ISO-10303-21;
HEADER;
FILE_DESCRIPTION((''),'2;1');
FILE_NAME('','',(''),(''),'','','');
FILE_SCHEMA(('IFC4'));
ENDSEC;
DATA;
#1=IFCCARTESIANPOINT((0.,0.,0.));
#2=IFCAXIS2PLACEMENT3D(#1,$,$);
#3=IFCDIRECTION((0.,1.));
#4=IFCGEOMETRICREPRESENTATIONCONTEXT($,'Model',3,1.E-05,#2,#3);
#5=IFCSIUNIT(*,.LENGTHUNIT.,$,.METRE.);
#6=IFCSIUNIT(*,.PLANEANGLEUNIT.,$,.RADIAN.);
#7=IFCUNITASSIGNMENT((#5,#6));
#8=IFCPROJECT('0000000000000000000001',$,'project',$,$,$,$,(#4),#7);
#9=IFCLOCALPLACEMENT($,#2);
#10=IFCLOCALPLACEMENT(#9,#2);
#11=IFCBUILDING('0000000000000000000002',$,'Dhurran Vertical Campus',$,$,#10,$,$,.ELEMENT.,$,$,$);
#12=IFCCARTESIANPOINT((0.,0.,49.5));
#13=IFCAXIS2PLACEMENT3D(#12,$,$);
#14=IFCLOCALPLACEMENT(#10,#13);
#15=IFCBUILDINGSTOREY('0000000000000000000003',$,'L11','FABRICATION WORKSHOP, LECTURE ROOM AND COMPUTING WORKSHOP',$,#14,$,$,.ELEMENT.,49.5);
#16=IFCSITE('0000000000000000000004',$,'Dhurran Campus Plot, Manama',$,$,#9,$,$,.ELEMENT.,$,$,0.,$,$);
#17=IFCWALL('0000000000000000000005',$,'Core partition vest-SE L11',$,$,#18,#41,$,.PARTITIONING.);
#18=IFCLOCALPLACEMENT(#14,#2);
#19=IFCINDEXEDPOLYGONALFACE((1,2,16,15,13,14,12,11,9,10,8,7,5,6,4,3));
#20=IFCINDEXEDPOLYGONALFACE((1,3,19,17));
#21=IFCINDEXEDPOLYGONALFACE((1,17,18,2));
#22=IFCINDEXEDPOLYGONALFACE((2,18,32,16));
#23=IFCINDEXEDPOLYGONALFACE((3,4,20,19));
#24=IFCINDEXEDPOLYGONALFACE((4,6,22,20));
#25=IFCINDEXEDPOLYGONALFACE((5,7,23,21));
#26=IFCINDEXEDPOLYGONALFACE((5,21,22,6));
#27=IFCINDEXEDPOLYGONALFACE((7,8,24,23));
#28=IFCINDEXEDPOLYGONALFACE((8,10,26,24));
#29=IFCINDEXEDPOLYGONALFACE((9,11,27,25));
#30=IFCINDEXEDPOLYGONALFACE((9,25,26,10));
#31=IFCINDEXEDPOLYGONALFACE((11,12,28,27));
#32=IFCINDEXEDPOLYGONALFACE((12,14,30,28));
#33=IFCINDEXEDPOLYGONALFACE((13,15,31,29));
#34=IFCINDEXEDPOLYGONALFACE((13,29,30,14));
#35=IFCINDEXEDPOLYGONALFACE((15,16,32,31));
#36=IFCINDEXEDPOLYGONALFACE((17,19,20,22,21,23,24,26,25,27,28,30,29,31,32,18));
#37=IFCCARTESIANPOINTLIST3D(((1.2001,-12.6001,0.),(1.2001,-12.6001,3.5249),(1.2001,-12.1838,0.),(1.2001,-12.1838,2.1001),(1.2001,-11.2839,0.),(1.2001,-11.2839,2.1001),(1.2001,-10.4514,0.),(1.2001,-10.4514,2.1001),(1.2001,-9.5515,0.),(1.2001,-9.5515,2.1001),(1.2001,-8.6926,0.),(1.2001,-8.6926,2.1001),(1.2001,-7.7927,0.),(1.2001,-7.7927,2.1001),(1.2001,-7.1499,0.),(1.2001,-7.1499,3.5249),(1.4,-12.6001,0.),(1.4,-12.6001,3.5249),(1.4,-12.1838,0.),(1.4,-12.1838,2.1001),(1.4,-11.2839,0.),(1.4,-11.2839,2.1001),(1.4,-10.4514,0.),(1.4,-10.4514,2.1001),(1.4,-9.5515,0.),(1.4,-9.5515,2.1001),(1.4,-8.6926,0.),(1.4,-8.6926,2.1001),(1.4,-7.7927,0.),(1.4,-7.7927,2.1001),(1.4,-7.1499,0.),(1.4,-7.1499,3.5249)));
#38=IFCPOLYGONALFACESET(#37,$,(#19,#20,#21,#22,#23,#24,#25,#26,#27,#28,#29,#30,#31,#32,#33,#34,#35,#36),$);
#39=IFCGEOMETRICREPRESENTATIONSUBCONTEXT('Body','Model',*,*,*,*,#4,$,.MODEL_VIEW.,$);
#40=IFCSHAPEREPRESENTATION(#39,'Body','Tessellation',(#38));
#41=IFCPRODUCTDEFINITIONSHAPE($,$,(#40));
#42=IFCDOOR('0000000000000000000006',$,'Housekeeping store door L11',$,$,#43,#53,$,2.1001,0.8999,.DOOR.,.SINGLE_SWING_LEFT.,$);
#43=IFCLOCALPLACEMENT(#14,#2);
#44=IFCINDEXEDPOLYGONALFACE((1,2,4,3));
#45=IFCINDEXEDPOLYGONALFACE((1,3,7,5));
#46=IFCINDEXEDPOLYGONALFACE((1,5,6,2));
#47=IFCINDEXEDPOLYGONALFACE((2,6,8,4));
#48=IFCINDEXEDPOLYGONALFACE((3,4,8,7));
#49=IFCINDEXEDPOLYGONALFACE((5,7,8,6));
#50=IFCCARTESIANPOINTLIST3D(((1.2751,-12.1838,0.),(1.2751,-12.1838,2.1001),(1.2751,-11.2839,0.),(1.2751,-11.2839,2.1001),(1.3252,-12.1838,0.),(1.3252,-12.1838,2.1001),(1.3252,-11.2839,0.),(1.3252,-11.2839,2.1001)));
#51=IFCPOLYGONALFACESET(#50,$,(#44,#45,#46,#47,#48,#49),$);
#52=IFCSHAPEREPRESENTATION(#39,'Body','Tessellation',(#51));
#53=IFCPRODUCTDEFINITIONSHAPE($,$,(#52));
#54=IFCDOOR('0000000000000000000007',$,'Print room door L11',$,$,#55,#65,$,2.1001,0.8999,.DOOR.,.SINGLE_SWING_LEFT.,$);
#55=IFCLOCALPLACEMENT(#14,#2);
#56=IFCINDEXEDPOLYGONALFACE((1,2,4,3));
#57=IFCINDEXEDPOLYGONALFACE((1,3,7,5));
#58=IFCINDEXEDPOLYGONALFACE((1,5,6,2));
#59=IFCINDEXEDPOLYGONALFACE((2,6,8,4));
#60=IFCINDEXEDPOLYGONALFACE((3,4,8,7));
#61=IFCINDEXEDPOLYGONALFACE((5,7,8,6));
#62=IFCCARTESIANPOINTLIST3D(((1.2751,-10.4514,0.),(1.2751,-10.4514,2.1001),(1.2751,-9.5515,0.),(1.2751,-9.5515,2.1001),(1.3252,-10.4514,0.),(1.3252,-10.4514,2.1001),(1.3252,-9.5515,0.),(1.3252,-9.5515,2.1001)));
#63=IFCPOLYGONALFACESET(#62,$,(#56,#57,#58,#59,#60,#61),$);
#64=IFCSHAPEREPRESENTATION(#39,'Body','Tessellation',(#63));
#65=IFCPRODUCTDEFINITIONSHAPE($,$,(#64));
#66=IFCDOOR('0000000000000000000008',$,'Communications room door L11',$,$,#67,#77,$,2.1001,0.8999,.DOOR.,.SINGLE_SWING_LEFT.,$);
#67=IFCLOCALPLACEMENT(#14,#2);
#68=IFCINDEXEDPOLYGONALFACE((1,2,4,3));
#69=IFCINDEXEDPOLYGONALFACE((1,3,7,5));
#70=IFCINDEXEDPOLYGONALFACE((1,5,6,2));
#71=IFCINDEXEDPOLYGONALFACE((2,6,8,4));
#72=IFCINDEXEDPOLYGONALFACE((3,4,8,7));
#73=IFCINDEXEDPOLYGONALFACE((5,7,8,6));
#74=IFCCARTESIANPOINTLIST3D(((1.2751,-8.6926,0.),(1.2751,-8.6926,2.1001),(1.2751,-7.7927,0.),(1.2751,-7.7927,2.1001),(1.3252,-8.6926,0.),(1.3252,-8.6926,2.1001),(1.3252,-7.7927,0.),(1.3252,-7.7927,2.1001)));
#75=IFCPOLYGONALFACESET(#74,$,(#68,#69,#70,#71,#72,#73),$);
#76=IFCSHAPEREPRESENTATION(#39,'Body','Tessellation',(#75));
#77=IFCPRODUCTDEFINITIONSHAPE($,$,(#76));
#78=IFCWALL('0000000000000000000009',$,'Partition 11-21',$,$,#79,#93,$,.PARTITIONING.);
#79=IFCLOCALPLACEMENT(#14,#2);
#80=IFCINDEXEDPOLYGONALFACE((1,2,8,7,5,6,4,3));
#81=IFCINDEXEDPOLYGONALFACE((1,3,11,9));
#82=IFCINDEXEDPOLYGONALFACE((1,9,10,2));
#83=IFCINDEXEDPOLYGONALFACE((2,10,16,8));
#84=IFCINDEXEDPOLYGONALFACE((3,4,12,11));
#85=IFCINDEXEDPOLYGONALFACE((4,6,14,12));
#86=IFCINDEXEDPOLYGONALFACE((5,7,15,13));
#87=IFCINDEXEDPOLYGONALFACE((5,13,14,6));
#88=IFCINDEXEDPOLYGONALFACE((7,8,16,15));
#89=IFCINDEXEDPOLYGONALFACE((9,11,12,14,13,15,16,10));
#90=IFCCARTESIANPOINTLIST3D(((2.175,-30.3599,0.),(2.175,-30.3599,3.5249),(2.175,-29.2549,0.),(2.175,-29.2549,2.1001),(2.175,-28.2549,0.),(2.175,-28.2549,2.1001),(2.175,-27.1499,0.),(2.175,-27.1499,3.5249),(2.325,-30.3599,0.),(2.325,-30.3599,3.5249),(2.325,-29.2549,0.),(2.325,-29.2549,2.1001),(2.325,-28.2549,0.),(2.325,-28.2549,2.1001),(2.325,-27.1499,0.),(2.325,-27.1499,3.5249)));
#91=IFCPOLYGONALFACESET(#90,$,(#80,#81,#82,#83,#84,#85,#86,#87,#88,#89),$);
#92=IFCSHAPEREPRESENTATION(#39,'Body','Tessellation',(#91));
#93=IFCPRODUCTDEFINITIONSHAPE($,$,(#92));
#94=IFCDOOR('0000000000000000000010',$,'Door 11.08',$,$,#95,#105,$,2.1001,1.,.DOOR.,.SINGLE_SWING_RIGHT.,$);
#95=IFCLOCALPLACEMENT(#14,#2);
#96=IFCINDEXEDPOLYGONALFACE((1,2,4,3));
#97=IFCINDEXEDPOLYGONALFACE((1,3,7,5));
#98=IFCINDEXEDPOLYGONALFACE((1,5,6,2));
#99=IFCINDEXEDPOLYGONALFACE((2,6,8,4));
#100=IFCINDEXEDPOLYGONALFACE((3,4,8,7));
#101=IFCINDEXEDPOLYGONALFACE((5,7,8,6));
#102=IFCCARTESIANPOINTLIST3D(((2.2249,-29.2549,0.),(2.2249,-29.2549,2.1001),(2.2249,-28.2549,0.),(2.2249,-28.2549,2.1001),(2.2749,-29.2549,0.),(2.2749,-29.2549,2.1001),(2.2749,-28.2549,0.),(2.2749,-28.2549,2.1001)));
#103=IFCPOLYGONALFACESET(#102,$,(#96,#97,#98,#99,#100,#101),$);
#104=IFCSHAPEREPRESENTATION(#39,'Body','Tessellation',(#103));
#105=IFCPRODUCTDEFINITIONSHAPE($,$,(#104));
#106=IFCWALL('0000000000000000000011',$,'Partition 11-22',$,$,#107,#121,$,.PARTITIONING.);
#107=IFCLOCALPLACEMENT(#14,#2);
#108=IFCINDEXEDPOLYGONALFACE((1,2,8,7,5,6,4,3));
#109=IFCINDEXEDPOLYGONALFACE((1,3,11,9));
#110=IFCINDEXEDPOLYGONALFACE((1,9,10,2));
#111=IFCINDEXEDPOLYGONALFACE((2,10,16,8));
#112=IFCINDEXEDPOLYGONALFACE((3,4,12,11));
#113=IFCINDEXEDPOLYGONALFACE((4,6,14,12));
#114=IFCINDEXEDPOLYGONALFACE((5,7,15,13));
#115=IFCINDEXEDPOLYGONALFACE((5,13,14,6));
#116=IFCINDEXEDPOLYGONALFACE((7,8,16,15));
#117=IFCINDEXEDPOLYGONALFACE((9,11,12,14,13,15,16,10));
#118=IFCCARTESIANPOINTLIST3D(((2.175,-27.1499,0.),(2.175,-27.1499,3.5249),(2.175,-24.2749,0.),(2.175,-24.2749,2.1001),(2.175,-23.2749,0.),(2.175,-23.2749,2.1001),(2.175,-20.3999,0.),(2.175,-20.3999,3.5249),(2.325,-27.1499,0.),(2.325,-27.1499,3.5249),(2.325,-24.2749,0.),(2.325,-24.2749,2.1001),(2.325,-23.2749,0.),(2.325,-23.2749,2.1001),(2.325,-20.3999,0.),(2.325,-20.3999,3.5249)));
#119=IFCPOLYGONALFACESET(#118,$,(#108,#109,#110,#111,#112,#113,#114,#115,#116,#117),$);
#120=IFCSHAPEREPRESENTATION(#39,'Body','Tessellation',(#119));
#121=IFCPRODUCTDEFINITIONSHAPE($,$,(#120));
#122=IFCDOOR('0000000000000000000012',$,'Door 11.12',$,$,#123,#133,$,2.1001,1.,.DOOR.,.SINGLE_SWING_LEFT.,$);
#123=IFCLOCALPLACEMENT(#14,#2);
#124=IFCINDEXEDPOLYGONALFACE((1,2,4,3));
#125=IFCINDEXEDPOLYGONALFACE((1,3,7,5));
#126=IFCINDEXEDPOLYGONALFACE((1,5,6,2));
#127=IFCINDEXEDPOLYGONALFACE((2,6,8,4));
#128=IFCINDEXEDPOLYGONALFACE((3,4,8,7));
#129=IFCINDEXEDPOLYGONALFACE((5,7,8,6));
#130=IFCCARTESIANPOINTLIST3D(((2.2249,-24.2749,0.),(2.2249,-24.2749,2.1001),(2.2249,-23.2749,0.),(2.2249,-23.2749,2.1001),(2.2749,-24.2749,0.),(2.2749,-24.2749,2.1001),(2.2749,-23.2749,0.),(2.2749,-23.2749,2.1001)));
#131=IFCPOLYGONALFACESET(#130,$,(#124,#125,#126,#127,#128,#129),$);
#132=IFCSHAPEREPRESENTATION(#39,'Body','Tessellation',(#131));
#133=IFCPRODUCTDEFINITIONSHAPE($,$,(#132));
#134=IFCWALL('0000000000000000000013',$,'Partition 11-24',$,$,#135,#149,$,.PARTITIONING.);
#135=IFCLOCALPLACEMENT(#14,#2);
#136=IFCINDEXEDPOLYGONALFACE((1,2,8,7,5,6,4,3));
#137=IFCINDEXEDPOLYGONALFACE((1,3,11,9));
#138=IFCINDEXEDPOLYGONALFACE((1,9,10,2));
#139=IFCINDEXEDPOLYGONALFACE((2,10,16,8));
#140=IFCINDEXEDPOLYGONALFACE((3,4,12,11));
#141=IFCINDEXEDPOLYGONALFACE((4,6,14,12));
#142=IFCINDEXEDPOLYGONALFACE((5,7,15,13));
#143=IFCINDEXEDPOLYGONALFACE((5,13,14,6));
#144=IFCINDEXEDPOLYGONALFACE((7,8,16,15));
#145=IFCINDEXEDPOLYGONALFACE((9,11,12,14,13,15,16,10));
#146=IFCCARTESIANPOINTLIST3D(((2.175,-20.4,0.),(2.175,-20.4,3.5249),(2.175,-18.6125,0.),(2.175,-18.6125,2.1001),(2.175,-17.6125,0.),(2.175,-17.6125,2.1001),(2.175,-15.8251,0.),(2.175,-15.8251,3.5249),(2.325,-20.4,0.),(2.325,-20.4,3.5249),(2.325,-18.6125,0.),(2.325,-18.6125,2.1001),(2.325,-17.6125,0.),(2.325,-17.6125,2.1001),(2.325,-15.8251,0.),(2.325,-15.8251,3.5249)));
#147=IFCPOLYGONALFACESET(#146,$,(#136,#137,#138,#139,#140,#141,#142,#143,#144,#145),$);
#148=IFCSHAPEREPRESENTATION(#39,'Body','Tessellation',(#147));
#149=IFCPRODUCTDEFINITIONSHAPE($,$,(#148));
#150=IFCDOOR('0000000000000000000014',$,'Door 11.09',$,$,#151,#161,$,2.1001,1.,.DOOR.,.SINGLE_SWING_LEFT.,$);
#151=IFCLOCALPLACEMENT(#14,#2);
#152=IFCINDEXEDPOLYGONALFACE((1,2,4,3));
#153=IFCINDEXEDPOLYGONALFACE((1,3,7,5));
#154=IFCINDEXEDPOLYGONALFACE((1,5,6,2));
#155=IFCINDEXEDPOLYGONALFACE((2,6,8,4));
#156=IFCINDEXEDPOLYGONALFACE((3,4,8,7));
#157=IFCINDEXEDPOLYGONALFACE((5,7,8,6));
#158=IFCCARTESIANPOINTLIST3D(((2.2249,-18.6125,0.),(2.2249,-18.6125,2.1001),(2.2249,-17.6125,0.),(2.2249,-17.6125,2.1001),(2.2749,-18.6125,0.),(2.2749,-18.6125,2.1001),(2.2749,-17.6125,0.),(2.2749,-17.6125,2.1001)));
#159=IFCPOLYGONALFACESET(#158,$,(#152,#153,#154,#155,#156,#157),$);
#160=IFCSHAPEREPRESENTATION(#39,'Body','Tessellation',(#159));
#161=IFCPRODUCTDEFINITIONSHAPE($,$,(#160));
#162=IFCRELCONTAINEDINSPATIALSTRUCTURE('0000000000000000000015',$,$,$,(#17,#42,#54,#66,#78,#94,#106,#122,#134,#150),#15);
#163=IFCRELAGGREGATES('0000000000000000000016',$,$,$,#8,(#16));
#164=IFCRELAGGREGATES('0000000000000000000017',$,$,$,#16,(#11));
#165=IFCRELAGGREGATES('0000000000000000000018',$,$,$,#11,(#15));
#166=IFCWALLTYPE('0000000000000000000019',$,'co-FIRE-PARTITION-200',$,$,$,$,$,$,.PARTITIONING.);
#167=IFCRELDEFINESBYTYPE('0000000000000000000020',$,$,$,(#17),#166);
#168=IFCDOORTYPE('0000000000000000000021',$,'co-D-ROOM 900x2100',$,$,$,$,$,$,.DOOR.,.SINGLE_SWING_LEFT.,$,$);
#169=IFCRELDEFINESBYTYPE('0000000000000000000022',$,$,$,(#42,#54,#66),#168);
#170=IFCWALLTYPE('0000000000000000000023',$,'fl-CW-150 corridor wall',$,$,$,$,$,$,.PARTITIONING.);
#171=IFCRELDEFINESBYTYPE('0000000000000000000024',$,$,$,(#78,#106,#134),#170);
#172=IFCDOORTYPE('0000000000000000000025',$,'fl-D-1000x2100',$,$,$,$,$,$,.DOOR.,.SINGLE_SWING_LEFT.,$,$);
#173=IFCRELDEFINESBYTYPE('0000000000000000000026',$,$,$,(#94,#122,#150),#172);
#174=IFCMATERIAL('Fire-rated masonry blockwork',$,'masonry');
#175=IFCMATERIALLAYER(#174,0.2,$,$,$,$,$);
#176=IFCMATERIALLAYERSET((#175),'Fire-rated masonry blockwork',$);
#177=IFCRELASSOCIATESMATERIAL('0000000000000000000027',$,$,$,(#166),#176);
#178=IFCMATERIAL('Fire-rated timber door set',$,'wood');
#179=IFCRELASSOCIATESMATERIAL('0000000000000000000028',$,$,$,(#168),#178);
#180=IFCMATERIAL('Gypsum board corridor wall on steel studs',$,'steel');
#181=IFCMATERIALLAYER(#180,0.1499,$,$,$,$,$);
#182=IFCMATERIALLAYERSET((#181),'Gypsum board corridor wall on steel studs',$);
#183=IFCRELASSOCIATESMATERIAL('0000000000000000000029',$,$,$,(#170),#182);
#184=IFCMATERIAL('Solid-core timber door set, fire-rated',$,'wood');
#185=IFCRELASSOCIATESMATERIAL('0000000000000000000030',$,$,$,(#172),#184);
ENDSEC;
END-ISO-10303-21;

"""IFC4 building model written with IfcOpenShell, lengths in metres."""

from ifc_helpers import new_model, si_unit, direction, frame, frame_2d, origin, place, context, subcontext, project, spatial, rectangle, extrude, material, layer, layer_set, type_object, element, fill, save


model = new_model("IFC4")

# Units and contexts
model_context = context("Model", 3, precision=1e-05, world=origin(), true_north=direction((0.0, 1.0)))
body_context = subcontext(model_context, "Body", "Model", "MODEL_VIEW")
ifc_project = project(units=[si_unit("LENGTHUNIT", "METRE"), si_unit("PLANEANGLEUNIT", "RADIAN")], contexts=[model_context])

# Site, building, storey
site_placement = place(None, origin())
site = spatial("IfcSite", under=ifc_project, at=site_placement, Name="Dhurran Campus Plot, Manama", CompositionType="ELEMENT", RefElevation=0.0)
building_placement = place(site_placement, origin())
building = spatial("IfcBuilding", under=site, at=building_placement, Name="Dhurran Vertical Campus", CompositionType="ELEMENT")
storey_placement = place(building_placement, frame((0.0, 0.0, 49.5)))
storey = spatial("IfcBuildingStorey", under=building, at=storey_placement, Name="L11", Description="FABRICATION WORKSHOP, LECTURE ROOM AND COMPUTING WORKSHOP", CompositionType="ELEMENT", Elevation=49.5)

# Wall, openings, doors
ifc_material_1 = material(Name="Fire-rated masonry blockwork", Category="masonry")
ifc_layer_1 = layer(ifc_material_1, 0.2)
ifc_layer_set_1 = layer_set([ifc_layer_1], Name="Fire-rated masonry blockwork")
wall_type_1 = type_object("IfcWallType", Name="co-FIRE-PARTITION-200", PredefinedType="PARTITIONING", material=ifc_layer_set_1)
wall_1_placement = place(storey_placement, frame((1.3, -12.6001, 0.0), z_axis=(0.0, 0.0, 1.0), x_axis=(0.0, 1.0, 0.0)))
wall_1 = element("IfcWall", 1, at=wall_1_placement, inside=storey, type_object=wall_type_1, Name="Core partition vest-SE L11", PredefinedType="PARTITIONING", context=body_context, shape_type="SweptSolid", body=[
    extrude(rectangle(XDim=5.4502, YDim=0.2, at=frame_2d((2.7251, 0.0))), origin(), (0.0, 0.0, 1.0), 3.5249),
])
opening_1_placement = place(wall_1_placement, frame((0.4163, 0.0, 0.0)))
opening_1 = element("IfcOpeningElement", 2, at=opening_1_placement, cuts=wall_1, PredefinedType="OPENING", context=body_context, shape_type="SweptSolid", body=[
    extrude(rectangle(XDim=0.8999, YDim=2.1001, at=frame_2d((0.45, 1.05))), frame((0.0, 0.1099, 0.0), z_axis=(0.0, -1.0, 0.0), x_axis=(1.0, 0.0, 0.0)), (0.0, 0.0, 1.0), 0.22),
])
opening_2_placement = place(wall_1_placement, frame((2.1487, 0.0, 0.0)))
opening_2 = element("IfcOpeningElement", 3, at=opening_2_placement, cuts=wall_1, PredefinedType="OPENING", context=body_context, shape_type="SweptSolid", body=[
    extrude(rectangle(XDim=0.8999, YDim=2.1001, at=frame_2d((0.45, 1.05))), frame((0.0, 0.1099, 0.0), z_axis=(0.0, -1.0, 0.0), x_axis=(1.0, 0.0, 0.0)), (0.0, 0.0, 1.0), 0.22),
])
opening_3_placement = place(wall_1_placement, frame((3.9075, 0.0, 0.0)))
opening_3 = element("IfcOpeningElement", 4, at=opening_3_placement, cuts=wall_1, PredefinedType="OPENING", context=body_context, shape_type="SweptSolid", body=[
    extrude(rectangle(XDim=0.8999, YDim=2.1001, at=frame_2d((0.45, 1.05))), frame((0.0, 0.1099, 0.0), z_axis=(0.0, -1.0, 0.0), x_axis=(1.0, 0.0, 0.0)), (0.0, 0.0, 1.0), 0.22),
])
ifc_material_2 = material(Name="Fire-rated timber door set", Category="wood")
door_type_1 = type_object("IfcDoorType", Name="co-D-ROOM 900x2100", OperationType="SINGLE_SWING_LEFT", PredefinedType="DOOR", material=ifc_material_2)
door_1_placement = place(opening_1_placement, origin())
door_1 = element("IfcDoor", 5, at=door_1_placement, inside=storey, type_object=door_type_1, Name="Housekeeping store door L11", OperationType="SINGLE_SWING_LEFT", OverallHeight=2.1001, OverallWidth=0.8999, PredefinedType="DOOR", context=body_context, shape_type="SweptSolid", body=[
    extrude(rectangle(XDim=0.8999, YDim=2.1001, at=frame_2d((0.45, 1.05))), frame((0.0, 0.0249, 0.0), z_axis=(0.0, -1.0, 0.0), x_axis=(1.0, 0.0, 0.0)), (0.0, 0.0, 1.0), 0.05),
])
fill(opening_1, door_1)
door_2_placement = place(opening_2_placement, origin())
door_2 = element("IfcDoor", 6, at=door_2_placement, inside=storey, type_object=door_type_1, Name="Print room door L11", OperationType="SINGLE_SWING_LEFT", OverallHeight=2.1001, OverallWidth=0.8999, PredefinedType="DOOR", context=body_context, shape_type="SweptSolid", body=[
    extrude(rectangle(XDim=0.8999, YDim=2.1001, at=frame_2d((0.45, 1.05))), frame((0.0, 0.0249, 0.0), z_axis=(0.0, -1.0, 0.0), x_axis=(1.0, 0.0, 0.0)), (0.0, 0.0, 1.0), 0.05),
])
fill(opening_2, door_2)
door_3_placement = place(opening_3_placement, origin())
door_3 = element("IfcDoor", 7, at=door_3_placement, inside=storey, type_object=door_type_1, Name="Communications room door L11", OperationType="SINGLE_SWING_LEFT", OverallHeight=2.1001, OverallWidth=0.8999, PredefinedType="DOOR", context=body_context, shape_type="SweptSolid", body=[
    extrude(rectangle(XDim=0.8999, YDim=2.1001, at=frame_2d((0.45, 1.05))), frame((0.0, 0.0249, 0.0), z_axis=(0.0, -1.0, 0.0), x_axis=(1.0, 0.0, 0.0)), (0.0, 0.0, 1.0), 0.05),
])
fill(opening_3, door_3)

# Walls, openings, doors
ifc_material_3 = material(Name="Gypsum board corridor wall on steel studs", Category="steel")
ifc_layer_2 = layer(ifc_material_3, 0.1499)
ifc_layer_set_2 = layer_set([ifc_layer_2], Name="Gypsum board corridor wall on steel studs")
wall_type_2 = type_object("IfcWallType", Name="fl-CW-150 corridor wall", PredefinedType="PARTITIONING", material=ifc_layer_set_2)
wall_2_placement = place(storey_placement, frame((2.25, -27.1499, 0.0), z_axis=(0.0, 0.0, 1.0), x_axis=(0.0, -1.0, 0.0)))
wall_2 = element("IfcWall", 8, at=wall_2_placement, inside=storey, type_object=wall_type_2, Name="Partition 11-21", PredefinedType="PARTITIONING", context=body_context, shape_type="SweptSolid", body=[
    extrude(rectangle(XDim=3.21, YDim=0.1499, at=frame_2d((1.605, 0.0))), origin(), (0.0, 0.0, 1.0), 3.5249),
])
opening_4_placement = place(wall_2_placement, frame((1.105, 0.0, 0.0)))
opening_4 = element("IfcOpeningElement", 9, at=opening_4_placement, cuts=wall_2, PredefinedType="OPENING", context=body_context, shape_type="SweptSolid", body=[
    extrude(rectangle(XDim=1.0, YDim=2.1001, at=frame_2d((0.5, 1.05))), frame((0.0, 0.085, 0.0), z_axis=(0.0, -1.0, 0.0), x_axis=(1.0, 0.0, 0.0)), (0.0, 0.0, 1.0), 0.1699),
])
ifc_material_4 = material(Name="Solid-core timber door set, fire-rated", Category="wood")
door_type_2 = type_object("IfcDoorType", Name="fl-D-1000x2100", OperationType="SINGLE_SWING_LEFT", PredefinedType="DOOR", material=ifc_material_4)
door_4_placement = place(opening_4_placement, origin())
door_4 = element("IfcDoor", 10, at=door_4_placement, inside=storey, type_object=door_type_2, Name="Door 11.08", OperationType="SINGLE_SWING_RIGHT", OverallHeight=2.1001, OverallWidth=1.0, PredefinedType="DOOR", context=body_context, shape_type="SweptSolid", body=[
    extrude(rectangle(XDim=1.0, YDim=2.1001, at=frame_2d((0.5, 1.05))), frame((0.0, 0.0249, 0.0), z_axis=(0.0, -1.0, 0.0), x_axis=(1.0, 0.0, 0.0)), (0.0, 0.0, 1.0), 0.05),
])
fill(opening_4, door_4)
wall_3_placement = place(storey_placement, frame((2.25, -20.3999, 0.0), z_axis=(0.0, 0.0, 1.0), x_axis=(0.0, -1.0, 0.0)))
wall_3 = element("IfcWall", 11, at=wall_3_placement, inside=storey, type_object=wall_type_2, Name="Partition 11-22", PredefinedType="PARTITIONING", context=body_context, shape_type="SweptSolid", body=[
    extrude(rectangle(XDim=6.75, YDim=0.1499, at=frame_2d((3.375, 0.0))), origin(), (0.0, 0.0, 1.0), 3.5249),
])
opening_5_placement = place(wall_3_placement, frame((2.875, 0.0, 0.0)))
opening_5 = element("IfcOpeningElement", 12, at=opening_5_placement, cuts=wall_3, PredefinedType="OPENING", context=body_context, shape_type="SweptSolid", body=[
    extrude(rectangle(XDim=1.0, YDim=2.1001, at=frame_2d((0.5, 1.05))), frame((0.0, 0.085, 0.0), z_axis=(0.0, -1.0, 0.0), x_axis=(1.0, 0.0, 0.0)), (0.0, 0.0, 1.0), 0.1699),
])
door_5_placement = place(opening_5_placement, origin())
door_5 = element("IfcDoor", 13, at=door_5_placement, inside=storey, type_object=door_type_2, Name="Door 11.12", OperationType="SINGLE_SWING_LEFT", OverallHeight=2.1001, OverallWidth=1.0, PredefinedType="DOOR", context=body_context, shape_type="SweptSolid", body=[
    extrude(rectangle(XDim=1.0, YDim=2.1001, at=frame_2d((0.5, 1.05))), frame((0.0, 0.0249, 0.0), z_axis=(0.0, -1.0, 0.0), x_axis=(1.0, 0.0, 0.0)), (0.0, 0.0, 1.0), 0.05),
])
fill(opening_5, door_5)
wall_4_placement = place(storey_placement, frame((2.25, -15.825, 0.0), z_axis=(0.0, 0.0, 1.0), x_axis=(0.0, -1.0, 0.0)))
wall_4 = element("IfcWall", 14, at=wall_4_placement, inside=storey, type_object=wall_type_2, Name="Partition 11-24", PredefinedType="PARTITIONING", context=body_context, shape_type="SweptSolid", body=[
    extrude(rectangle(XDim=4.575, YDim=0.1499, at=frame_2d((2.2876, 0.0))), origin(), (0.0, 0.0, 1.0), 3.5249),
])
opening_6_placement = place(wall_4_placement, frame((1.7876, 0.0, 0.0)))
opening_6 = element("IfcOpeningElement", 15, at=opening_6_placement, cuts=wall_4, PredefinedType="OPENING", context=body_context, shape_type="SweptSolid", body=[
    extrude(rectangle(XDim=1.0, YDim=2.1001, at=frame_2d((0.5, 1.05))), frame((0.0, 0.085, 0.0), z_axis=(0.0, -1.0, 0.0), x_axis=(1.0, 0.0, 0.0)), (0.0, 0.0, 1.0), 0.1699),
])
door_6_placement = place(opening_6_placement, origin())
door_6 = element("IfcDoor", 16, at=door_6_placement, inside=storey, type_object=door_type_2, Name="Door 11.09", OperationType="SINGLE_SWING_LEFT", OverallHeight=2.1001, OverallWidth=1.0, PredefinedType="DOOR", context=body_context, shape_type="SweptSolid", body=[
    extrude(rectangle(XDim=1.0, YDim=2.1001, at=frame_2d((0.5, 1.05))), frame((0.0, 0.0249, 0.0), z_axis=(0.0, -1.0, 0.0), x_axis=(1.0, 0.0, 0.0)), (0.0, 0.0, 1.0), 0.05),
])
fill(opening_6, door_6)

save(model, "model.ifc")
